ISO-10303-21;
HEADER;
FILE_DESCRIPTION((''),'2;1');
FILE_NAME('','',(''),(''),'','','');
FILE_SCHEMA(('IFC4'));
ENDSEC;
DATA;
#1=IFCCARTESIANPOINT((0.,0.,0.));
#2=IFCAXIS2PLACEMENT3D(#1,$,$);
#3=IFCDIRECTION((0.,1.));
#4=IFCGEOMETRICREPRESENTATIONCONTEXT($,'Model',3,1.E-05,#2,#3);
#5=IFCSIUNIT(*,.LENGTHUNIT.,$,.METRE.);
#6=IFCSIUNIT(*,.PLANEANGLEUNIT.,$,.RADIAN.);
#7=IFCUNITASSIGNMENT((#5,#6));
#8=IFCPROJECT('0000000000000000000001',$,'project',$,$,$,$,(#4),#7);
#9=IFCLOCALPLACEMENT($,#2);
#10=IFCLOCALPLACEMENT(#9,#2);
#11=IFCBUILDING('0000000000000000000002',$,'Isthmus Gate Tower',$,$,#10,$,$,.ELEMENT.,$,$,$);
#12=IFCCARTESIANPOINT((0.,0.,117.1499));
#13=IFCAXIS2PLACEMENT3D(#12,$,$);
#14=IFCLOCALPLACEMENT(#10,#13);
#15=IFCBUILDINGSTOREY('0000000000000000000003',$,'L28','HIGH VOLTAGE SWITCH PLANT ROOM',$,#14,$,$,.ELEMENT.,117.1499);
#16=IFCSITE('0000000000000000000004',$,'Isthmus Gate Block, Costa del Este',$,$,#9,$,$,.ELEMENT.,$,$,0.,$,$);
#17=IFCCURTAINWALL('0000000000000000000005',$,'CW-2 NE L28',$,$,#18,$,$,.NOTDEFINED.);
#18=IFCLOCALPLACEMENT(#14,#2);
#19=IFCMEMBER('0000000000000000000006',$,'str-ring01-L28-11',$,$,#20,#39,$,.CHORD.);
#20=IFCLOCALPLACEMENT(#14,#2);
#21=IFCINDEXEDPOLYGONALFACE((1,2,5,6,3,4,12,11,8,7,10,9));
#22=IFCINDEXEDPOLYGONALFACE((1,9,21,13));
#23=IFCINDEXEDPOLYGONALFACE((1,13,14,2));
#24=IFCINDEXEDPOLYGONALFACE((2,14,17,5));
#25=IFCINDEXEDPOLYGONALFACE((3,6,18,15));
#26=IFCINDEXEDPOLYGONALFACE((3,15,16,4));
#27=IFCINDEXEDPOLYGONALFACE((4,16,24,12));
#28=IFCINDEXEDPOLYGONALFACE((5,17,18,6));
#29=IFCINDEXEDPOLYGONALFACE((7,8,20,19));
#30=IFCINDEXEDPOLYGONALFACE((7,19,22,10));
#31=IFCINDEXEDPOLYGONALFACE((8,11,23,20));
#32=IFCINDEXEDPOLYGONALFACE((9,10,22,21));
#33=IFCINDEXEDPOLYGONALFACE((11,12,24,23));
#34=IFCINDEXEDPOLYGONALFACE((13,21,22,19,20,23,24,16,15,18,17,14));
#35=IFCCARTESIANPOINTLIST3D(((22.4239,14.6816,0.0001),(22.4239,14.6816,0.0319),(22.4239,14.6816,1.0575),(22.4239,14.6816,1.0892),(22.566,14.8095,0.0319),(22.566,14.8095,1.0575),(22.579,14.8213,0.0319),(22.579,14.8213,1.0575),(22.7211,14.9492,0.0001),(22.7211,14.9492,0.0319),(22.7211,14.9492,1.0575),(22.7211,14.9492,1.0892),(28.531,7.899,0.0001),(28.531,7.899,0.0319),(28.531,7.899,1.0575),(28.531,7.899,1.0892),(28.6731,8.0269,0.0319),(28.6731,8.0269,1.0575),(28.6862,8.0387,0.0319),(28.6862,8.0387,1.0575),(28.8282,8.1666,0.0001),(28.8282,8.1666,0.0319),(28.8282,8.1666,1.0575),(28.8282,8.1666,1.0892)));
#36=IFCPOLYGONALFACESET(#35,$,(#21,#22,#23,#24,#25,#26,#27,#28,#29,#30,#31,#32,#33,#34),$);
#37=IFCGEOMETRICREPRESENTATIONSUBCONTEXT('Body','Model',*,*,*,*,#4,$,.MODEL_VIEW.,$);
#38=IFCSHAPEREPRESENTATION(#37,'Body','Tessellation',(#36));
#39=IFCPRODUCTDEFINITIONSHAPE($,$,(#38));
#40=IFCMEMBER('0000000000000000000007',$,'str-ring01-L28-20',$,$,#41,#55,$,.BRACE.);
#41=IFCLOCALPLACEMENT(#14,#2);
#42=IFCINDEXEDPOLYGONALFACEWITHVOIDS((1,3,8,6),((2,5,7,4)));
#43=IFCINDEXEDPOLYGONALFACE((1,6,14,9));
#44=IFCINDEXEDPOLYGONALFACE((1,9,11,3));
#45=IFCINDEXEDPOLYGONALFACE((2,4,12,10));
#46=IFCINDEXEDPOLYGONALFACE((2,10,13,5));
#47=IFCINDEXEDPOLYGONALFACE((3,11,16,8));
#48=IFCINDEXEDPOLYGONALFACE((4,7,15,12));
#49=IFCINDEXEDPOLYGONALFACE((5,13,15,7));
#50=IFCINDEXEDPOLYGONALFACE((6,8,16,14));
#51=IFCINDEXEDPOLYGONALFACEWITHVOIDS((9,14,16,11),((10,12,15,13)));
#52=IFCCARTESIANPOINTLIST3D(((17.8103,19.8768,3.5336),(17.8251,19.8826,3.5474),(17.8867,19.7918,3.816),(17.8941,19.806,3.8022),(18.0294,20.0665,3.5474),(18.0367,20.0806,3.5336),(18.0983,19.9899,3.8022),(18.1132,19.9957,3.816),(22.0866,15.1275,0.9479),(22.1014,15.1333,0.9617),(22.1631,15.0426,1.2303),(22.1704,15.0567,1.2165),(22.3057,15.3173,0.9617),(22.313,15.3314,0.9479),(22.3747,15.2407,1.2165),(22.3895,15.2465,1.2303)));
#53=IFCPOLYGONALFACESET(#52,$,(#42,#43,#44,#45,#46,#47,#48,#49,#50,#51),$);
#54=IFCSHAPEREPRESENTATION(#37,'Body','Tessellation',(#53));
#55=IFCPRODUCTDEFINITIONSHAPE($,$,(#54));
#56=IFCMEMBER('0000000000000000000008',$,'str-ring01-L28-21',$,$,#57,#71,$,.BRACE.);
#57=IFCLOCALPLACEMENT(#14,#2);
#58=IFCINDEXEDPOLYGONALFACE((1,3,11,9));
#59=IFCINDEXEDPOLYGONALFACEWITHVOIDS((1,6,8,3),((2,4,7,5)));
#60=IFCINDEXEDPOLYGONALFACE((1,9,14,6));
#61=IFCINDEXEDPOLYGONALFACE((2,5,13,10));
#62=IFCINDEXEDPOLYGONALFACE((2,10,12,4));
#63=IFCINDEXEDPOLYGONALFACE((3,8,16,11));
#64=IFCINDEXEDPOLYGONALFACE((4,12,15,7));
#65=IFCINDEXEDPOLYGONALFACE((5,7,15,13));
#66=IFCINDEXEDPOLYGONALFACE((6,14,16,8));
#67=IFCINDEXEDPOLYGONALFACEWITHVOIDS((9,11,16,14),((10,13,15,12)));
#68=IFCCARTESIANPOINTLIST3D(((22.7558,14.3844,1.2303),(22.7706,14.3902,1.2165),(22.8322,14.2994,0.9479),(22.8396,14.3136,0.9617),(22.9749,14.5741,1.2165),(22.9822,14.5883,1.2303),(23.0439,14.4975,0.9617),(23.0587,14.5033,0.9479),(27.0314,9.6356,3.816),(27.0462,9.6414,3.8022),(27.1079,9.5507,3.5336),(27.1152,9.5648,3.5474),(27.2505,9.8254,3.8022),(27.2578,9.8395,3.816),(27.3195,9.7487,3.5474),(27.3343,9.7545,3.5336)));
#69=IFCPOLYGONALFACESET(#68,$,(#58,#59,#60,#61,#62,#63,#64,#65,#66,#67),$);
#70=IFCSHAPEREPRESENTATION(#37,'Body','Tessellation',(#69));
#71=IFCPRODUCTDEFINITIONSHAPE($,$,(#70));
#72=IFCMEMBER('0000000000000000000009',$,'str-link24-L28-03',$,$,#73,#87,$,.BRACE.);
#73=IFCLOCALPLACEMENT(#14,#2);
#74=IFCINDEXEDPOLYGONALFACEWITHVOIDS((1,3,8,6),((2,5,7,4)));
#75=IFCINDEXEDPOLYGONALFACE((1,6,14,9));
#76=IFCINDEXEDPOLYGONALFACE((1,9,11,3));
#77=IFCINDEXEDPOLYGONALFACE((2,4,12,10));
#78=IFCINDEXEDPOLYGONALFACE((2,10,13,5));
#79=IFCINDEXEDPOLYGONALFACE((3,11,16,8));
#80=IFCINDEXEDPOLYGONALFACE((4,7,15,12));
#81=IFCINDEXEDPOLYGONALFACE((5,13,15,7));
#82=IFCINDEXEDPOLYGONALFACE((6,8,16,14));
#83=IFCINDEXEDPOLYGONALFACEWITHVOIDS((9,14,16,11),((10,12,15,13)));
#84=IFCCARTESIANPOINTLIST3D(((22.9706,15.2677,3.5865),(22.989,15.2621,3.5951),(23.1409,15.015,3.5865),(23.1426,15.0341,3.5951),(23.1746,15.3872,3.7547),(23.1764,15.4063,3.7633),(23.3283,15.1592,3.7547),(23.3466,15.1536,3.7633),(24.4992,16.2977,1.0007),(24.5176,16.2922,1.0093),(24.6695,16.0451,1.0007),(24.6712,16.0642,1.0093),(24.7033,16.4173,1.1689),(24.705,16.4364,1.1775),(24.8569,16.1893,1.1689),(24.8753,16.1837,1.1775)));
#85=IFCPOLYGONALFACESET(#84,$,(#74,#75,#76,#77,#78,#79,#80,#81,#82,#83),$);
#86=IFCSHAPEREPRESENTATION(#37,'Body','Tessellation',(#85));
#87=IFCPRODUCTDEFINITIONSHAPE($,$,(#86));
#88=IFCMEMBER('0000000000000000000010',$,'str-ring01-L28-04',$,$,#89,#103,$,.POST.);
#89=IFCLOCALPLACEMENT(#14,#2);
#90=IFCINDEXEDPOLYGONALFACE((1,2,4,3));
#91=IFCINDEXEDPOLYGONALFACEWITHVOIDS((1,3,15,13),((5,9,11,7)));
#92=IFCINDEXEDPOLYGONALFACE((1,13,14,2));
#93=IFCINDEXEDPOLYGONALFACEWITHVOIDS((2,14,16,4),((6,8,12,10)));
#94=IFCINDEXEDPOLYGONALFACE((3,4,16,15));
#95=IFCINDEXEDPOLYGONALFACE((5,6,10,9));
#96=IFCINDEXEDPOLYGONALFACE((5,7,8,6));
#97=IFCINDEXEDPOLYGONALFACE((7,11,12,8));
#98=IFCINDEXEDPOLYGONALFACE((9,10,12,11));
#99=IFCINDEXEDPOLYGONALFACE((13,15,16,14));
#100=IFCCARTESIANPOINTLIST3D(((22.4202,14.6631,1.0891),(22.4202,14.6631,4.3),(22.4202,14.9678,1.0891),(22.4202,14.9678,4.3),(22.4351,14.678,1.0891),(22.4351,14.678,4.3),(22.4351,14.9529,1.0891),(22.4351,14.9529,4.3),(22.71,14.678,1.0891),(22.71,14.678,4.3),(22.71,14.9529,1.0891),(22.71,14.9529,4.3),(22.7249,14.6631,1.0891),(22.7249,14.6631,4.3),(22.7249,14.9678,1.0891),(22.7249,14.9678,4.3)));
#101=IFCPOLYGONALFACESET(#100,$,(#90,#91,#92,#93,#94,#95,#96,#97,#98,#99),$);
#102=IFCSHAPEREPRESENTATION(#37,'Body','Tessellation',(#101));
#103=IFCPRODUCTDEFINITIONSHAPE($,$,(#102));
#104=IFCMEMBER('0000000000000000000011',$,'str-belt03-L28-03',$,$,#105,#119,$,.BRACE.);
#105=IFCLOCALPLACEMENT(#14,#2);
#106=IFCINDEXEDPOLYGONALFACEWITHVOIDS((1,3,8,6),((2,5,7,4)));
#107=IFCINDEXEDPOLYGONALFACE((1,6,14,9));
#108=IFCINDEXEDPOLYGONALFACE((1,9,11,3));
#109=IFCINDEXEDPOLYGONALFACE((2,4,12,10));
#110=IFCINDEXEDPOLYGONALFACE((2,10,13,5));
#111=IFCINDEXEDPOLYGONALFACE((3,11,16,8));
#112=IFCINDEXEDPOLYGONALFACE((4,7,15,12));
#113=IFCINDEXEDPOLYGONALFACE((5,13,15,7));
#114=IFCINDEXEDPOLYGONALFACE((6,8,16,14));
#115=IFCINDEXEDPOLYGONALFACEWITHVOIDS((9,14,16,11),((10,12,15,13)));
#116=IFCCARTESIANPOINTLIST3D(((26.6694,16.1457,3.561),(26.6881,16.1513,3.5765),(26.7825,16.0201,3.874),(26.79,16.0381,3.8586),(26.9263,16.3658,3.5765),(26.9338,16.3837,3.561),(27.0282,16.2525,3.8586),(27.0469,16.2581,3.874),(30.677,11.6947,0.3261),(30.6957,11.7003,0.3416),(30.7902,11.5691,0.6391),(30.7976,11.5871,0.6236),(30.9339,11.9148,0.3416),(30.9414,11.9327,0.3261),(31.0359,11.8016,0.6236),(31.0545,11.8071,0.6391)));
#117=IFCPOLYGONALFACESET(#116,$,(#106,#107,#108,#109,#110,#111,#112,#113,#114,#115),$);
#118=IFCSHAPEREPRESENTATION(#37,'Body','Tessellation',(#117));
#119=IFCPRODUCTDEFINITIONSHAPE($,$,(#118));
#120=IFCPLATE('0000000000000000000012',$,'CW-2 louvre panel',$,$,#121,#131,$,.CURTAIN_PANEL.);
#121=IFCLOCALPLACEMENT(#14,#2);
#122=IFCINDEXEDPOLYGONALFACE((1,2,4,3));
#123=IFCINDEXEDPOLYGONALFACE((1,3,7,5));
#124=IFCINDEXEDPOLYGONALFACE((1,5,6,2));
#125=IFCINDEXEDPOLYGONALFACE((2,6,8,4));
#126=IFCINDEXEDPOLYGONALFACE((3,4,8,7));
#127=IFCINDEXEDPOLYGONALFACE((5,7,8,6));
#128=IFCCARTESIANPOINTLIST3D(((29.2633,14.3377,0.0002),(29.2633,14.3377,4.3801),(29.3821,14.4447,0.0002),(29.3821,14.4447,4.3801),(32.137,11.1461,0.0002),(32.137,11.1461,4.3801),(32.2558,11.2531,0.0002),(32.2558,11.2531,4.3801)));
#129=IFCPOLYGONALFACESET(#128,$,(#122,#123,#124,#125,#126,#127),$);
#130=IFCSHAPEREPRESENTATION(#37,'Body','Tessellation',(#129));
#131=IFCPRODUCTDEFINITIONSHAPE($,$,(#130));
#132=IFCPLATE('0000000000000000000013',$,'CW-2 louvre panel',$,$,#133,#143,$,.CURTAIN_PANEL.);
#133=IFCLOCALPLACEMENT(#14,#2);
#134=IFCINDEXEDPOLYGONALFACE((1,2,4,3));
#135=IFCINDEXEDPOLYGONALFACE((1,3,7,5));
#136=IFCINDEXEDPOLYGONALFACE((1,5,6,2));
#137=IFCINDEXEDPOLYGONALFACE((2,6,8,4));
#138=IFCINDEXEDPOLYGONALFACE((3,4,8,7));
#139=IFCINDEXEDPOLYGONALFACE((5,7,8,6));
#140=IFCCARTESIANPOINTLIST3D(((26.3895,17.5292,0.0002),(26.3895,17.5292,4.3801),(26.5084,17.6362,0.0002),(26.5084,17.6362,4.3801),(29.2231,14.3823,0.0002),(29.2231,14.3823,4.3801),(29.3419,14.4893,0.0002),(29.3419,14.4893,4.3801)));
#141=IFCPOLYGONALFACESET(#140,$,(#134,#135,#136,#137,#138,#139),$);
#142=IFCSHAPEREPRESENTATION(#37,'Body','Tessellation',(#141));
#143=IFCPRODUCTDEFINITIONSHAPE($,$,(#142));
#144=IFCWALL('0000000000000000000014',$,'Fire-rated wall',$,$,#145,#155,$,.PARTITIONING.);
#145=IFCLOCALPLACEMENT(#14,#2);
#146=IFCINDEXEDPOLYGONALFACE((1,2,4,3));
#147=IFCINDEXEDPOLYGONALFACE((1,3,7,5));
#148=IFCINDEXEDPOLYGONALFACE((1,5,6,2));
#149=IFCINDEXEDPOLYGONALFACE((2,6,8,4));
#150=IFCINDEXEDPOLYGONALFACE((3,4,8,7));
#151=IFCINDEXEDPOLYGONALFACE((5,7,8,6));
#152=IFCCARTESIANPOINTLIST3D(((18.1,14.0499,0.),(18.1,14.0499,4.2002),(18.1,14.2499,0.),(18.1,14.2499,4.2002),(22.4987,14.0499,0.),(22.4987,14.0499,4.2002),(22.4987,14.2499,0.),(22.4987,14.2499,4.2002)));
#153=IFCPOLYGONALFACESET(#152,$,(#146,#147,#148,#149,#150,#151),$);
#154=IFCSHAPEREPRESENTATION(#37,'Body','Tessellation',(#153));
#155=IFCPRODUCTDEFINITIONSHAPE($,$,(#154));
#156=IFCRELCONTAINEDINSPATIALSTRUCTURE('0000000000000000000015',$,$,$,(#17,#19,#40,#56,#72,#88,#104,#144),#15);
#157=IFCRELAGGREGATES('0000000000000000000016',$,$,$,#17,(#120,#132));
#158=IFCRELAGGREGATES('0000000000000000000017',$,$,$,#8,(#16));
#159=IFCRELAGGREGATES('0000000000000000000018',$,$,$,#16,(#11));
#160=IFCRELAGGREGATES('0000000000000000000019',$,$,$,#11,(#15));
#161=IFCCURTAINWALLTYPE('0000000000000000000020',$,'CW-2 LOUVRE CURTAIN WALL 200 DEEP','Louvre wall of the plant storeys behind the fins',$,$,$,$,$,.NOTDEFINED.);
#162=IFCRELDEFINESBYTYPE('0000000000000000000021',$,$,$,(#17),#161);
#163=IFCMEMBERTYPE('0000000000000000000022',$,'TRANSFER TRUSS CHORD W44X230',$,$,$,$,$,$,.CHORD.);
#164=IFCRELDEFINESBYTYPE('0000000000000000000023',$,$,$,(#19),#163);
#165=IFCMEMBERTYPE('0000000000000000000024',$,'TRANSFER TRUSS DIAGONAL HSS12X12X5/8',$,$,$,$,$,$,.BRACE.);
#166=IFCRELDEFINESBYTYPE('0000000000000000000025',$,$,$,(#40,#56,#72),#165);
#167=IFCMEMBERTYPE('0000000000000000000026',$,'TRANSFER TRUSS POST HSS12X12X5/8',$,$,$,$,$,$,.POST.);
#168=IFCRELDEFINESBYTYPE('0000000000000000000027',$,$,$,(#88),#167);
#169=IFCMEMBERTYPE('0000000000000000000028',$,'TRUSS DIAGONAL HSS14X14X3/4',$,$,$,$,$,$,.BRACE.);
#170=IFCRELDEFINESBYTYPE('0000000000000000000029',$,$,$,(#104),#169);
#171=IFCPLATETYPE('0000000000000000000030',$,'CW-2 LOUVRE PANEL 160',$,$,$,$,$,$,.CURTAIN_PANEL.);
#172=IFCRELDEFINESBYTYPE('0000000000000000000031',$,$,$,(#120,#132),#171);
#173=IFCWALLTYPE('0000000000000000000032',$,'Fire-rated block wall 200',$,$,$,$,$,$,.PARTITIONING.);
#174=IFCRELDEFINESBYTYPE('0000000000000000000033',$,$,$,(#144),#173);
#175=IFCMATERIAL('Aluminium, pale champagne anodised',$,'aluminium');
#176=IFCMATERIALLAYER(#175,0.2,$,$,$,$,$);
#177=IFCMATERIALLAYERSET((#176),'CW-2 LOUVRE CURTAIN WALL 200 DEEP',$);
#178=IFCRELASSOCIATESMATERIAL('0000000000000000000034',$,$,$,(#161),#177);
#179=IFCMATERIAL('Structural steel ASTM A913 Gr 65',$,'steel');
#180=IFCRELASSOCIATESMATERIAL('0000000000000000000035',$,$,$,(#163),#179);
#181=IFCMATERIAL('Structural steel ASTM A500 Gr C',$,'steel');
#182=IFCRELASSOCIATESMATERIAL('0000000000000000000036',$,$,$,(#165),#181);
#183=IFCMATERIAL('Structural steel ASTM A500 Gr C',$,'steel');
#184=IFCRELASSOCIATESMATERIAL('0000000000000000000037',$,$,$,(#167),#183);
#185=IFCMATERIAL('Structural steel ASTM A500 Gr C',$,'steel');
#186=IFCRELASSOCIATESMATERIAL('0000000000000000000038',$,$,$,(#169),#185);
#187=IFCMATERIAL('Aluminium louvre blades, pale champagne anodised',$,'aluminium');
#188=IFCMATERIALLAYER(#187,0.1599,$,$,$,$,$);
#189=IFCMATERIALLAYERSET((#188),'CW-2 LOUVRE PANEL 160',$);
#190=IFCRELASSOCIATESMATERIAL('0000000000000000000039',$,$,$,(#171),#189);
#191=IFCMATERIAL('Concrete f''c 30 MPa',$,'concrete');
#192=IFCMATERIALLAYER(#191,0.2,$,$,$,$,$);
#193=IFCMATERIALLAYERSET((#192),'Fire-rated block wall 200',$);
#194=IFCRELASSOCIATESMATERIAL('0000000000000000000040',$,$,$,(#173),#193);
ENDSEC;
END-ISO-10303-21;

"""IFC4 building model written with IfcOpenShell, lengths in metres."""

from ifc_helpers import new_model, si_unit, direction, frame, frame_2d, origin, origin_2d, place, context, subcontext, project, spatial, rectangle, hollow_rectangle, i_section, extrude, material, layer, layer_set, material_profile, profile_set, type_object, element, aggregate, save


model = new_model("IFC4")

# Units and contexts
model_context = context("Model", 3, precision=1e-05, world=origin(), true_north=direction((0.0, 1.0)))
body_context = subcontext(model_context, "Body", "Model", "MODEL_VIEW")
ifc_project = project(units=[si_unit("LENGTHUNIT", "METRE"), si_unit("PLANEANGLEUNIT", "RADIAN")], contexts=[model_context])

# Site, building, storey
site_placement = place(None, origin())
site = spatial("IfcSite", under=ifc_project, at=site_placement, Name="Isthmus Gate Block, Costa del Este", CompositionType="ELEMENT", RefElevation=0.0)
building_placement = place(site_placement, origin())
building = spatial("IfcBuilding", under=site, at=building_placement, Name="Isthmus Gate Tower", CompositionType="ELEMENT")
storey_placement = place(building_placement, frame((0.0, 0.0, 117.1499)))
storey = spatial("IfcBuildingStorey", under=building, at=storey_placement, Name="L28", Description="HIGH VOLTAGE SWITCH PLANT ROOM", CompositionType="ELEMENT", Elevation=117.1499)

# Curtain wall
ifc_material_1 = material(Name="Aluminium, pale champagne anodised", Category="aluminium")
ifc_layer_1 = layer(ifc_material_1, 0.2)
ifc_layer_set_1 = layer_set([ifc_layer_1], Name="CW-2 LOUVRE CURTAIN WALL 200 DEEP")
curtain_wall_type = type_object("IfcCurtainWallType", Name="CW-2 LOUVRE CURTAIN WALL 200 DEEP", Description="Louvre wall of the plant storeys behind the fins", PredefinedType="NOTDEFINED", material=ifc_layer_set_1)
curtain_wall_placement = place(storey_placement, origin())
curtain_wall = element("IfcCurtainWall", 1, at=curtain_wall_placement, inside=storey, type_object=curtain_wall_type, Name="CW-2 NE L28", PredefinedType="NOTDEFINED")

# Members
ifc_material_2 = material(Name="Structural steel ASTM A913 Gr 65", Category="steel")
ifc_material_profile_1 = material_profile(ifc_material_2, i_section(OverallWidth=0.3999, OverallDepth=1.0891, WebThickness=0.0176, FlangeThickness=0.0317, at=origin_2d()), Name="W44X230")
ifc_profile_set_1 = profile_set([ifc_material_profile_1], Name="Structural steel ASTM A913 Gr 65")
member_type_1 = type_object("IfcMemberType", Name="TRANSFER TRUSS CHORD W44X230", PredefinedType="CHORD", material=ifc_profile_set_1)
member_1_placement = place(storey_placement, frame((22.5725, 14.8154, 0.5447), z_axis=(0.66913, -0.743145, 0.0), x_axis=(0.743145, 0.66913, 0.0)))
element("IfcMember", 2, at=member_1_placement, inside=storey, type_object=member_type_1, Name="str-ring01-L28-11", PredefinedType="CHORD", context=body_context, shape_type="SweptSolid", body=[
    extrude(i_section(OverallWidth=0.3999, OverallDepth=1.0891, WebThickness=0.0176, FlangeThickness=0.0317, at=origin_2d()), origin(), (0.0, 0.0, 1.0), 9.127),
])
ifc_material_3 = material(Name="Structural steel ASTM A500 Gr C", Category="steel")
ifc_material_profile_2 = material_profile(ifc_material_3, hollow_rectangle(XDim=0.3047, YDim=0.3047, WallThickness=0.0149, at=origin_2d()), Name="HSS12X12X5/8")
ifc_profile_set_2 = profile_set([ifc_material_profile_2], Name="Structural steel ASTM A500 Gr C")
member_type_2 = type_object("IfcMemberType", Name="TRANSFER TRUSS DIAGONAL HSS12X12X5/8", PredefinedType="BRACE", material=ifc_profile_set_2)
member_2_placement = place(storey_placement, frame((22.238, 15.187, 1.0891), z_axis=(-0.620293, 0.688888, 0.375059), x_axis=(-0.743136, -0.66914, 0.0)))
element("IfcMember", 3, at=member_2_placement, inside=storey, type_object=member_type_2, Name="str-ring01-L28-20", PredefinedType="BRACE", context=body_context, shape_type="SweptSolid", body=[
    extrude(hollow_rectangle(XDim=0.3047, YDim=0.3047, WallThickness=0.0149, at=origin_2d()), origin(), (0.0, 0.0, 1.0), 6.894),
])
member_3_placement = place(storey_placement, frame((22.9072, 14.4438, 1.0891), z_axis=(0.620258, -0.688896, 0.375102), x_axis=(0.743159, 0.669115, 0.0)))
element("IfcMember", 4, at=member_3_placement, inside=storey, type_object=member_type_2, Name="str-ring01-L28-21", PredefinedType="BRACE", context=body_context, shape_type="SweptSolid", body=[
    extrude(hollow_rectangle(XDim=0.3047, YDim=0.3047, WallThickness=0.0149, at=origin_2d()), origin(), (0.0, 0.0, 1.0), 6.8933),
])
member_4_placement = place(storey_placement, frame((24.6873, 16.2407, 1.0891), z_axis=(-0.481374, -0.324376, 0.814284), x_axis=(0.55882, -0.829289, 0.0)))
element("IfcMember", 5, at=member_4_placement, inside=storey, type_object=member_type_2, Name="str-link24-L28-03", PredefinedType="BRACE", context=body_context, shape_type="SweptSolid", body=[
    extrude(hollow_rectangle(XDim=0.3047, YDim=0.3047, WallThickness=0.0149, at=origin_2d()), origin(), (0.0, 0.0, 1.0), 3.1755),
])
ifc_material_4 = material(Name="Structural steel ASTM A500 Gr C", Category="steel")
ifc_material_profile_3 = material_profile(ifc_material_4, hollow_rectangle(XDim=0.3047, YDim=0.3047, WallThickness=0.0149, at=origin_2d()), Name="HSS12X12X5/8")
ifc_profile_set_3 = profile_set([ifc_material_profile_3], Name="Structural steel ASTM A500 Gr C")
member_type_3 = type_object("IfcMemberType", Name="TRANSFER TRUSS POST HSS12X12X5/8", PredefinedType="POST", material=ifc_profile_set_3)
member_5_placement = place(storey_placement, frame((22.5725, 14.8154, 1.0891), z_axis=(0.0, 0.0, 1.0), x_axis=(1.0, 0.0, 0.0)))
element("IfcMember", 6, at=member_5_placement, inside=storey, type_object=member_type_3, Name="str-ring01-L28-04", PredefinedType="POST", context=body_context, shape_type="SweptSolid", body=[
    extrude(hollow_rectangle(XDim=0.3047, YDim=0.3047, WallThickness=0.0149, at=origin_2d()), origin(), (0.0, 0.0, 1.0), 3.2109),
])
ifc_material_5 = material(Name="Structural steel ASTM A500 Gr C", Category="steel")
ifc_material_profile_4 = material_profile(ifc_material_5, hollow_rectangle(XDim=0.3557, YDim=0.3557, WallThickness=0.0176, at=origin_2d()), Name="HSS14X14X3/4")
ifc_profile_set_4 = profile_set([ifc_material_profile_4], Name="Structural steel ASTM A500 Gr C")
member_type_4 = type_object("IfcMemberType", Name="TRUSS DIAGONAL HSS14X14X3/4", PredefinedType="BRACE", material=ifc_profile_set_4)
member_6_placement = place(storey_placement, frame((26.8582, 16.2019, 3.7175), z_axis=(0.588739, -0.653872, -0.475224), x_axis=(0.74315, 0.669125, 0.0)))
element("IfcMember", 7, at=member_6_placement, inside=storey, type_object=member_type_4, Name="str-belt03-L28-03", PredefinedType="BRACE", context=body_context, shape_type="SweptSolid", body=[
    extrude(hollow_rectangle(XDim=0.3557, YDim=0.3557, WallThickness=0.0176, at=origin_2d()), origin(), (0.0, 0.0, 1.0), 6.8071),
])

# Plates
ifc_material_6 = material(Name="Aluminium louvre blades, pale champagne anodised", Category="aluminium")
ifc_layer_2 = layer(ifc_material_6, 0.1599)
ifc_layer_set_2 = layer_set([ifc_layer_2], Name="CW-2 LOUVRE PANEL 160")
plate_type = type_object("IfcPlateType", Name="CW-2 LOUVRE PANEL 160", PredefinedType="CURTAIN_PANEL", material=ifc_layer_set_2)
plate_1_placement = place(storey_placement, frame((30.7595, 12.7954, 0.0002), z_axis=(0.0, 0.0, 1.0), x_axis=(-0.669131, 0.743145, 0.0)))
plate_1 = element("IfcPlate", 8, at=plate_1_placement, type_object=plate_type, Name="CW-2 louvre panel", PredefinedType="CURTAIN_PANEL", context=body_context, shape_type="SweptSolid", body=[
    extrude(rectangle(XDim=4.2947, YDim=0.1599, at=origin_2d()), origin(), (0.0, 0.0, 1.0), 4.3799),
])
plate_2_placement = place(storey_placement, frame((27.8657, 16.0093, 0.0002), z_axis=(0.0, 0.0, 1.0), x_axis=(-0.669131, 0.743145, 0.0)))
plate_2 = element("IfcPlate", 9, at=plate_2_placement, type_object=plate_type, Name="CW-2 louvre panel", PredefinedType="CURTAIN_PANEL", context=body_context, shape_type="SweptSolid", body=[
    extrude(rectangle(XDim=4.2346, YDim=0.1599, at=origin_2d()), origin(), (0.0, 0.0, 1.0), 4.3799),
])
aggregate(curtain_wall, [plate_1, plate_2])

# Wall
ifc_material_7 = material(Name="Concrete f'c 30 MPa", Category="concrete")
ifc_layer_3 = layer(ifc_material_7, 0.2)
ifc_layer_set_3 = layer_set([ifc_layer_3], Name="Fire-rated block wall 200")
wall_type_1 = type_object("IfcWallType", Name="Fire-rated block wall 200", PredefinedType="PARTITIONING", material=ifc_layer_set_3)
wall_1_placement = place(storey_placement, frame((18.1001, 14.1499, 0.0), z_axis=(0.0, 0.0, 1.0), x_axis=(1.0, 0.0, 0.0)))
element("IfcWall", 10, at=wall_1_placement, inside=storey, type_object=wall_type_1, Name="Fire-rated wall", PredefinedType="PARTITIONING", context=body_context, shape_type="SweptSolid", body=[
    extrude(rectangle(XDim=4.3987, YDim=0.2, at=frame_2d((2.1992, 0.0))), origin(), (0.0, 0.0, 1.0), 4.2002),
])

save(model, "model.ifc")
